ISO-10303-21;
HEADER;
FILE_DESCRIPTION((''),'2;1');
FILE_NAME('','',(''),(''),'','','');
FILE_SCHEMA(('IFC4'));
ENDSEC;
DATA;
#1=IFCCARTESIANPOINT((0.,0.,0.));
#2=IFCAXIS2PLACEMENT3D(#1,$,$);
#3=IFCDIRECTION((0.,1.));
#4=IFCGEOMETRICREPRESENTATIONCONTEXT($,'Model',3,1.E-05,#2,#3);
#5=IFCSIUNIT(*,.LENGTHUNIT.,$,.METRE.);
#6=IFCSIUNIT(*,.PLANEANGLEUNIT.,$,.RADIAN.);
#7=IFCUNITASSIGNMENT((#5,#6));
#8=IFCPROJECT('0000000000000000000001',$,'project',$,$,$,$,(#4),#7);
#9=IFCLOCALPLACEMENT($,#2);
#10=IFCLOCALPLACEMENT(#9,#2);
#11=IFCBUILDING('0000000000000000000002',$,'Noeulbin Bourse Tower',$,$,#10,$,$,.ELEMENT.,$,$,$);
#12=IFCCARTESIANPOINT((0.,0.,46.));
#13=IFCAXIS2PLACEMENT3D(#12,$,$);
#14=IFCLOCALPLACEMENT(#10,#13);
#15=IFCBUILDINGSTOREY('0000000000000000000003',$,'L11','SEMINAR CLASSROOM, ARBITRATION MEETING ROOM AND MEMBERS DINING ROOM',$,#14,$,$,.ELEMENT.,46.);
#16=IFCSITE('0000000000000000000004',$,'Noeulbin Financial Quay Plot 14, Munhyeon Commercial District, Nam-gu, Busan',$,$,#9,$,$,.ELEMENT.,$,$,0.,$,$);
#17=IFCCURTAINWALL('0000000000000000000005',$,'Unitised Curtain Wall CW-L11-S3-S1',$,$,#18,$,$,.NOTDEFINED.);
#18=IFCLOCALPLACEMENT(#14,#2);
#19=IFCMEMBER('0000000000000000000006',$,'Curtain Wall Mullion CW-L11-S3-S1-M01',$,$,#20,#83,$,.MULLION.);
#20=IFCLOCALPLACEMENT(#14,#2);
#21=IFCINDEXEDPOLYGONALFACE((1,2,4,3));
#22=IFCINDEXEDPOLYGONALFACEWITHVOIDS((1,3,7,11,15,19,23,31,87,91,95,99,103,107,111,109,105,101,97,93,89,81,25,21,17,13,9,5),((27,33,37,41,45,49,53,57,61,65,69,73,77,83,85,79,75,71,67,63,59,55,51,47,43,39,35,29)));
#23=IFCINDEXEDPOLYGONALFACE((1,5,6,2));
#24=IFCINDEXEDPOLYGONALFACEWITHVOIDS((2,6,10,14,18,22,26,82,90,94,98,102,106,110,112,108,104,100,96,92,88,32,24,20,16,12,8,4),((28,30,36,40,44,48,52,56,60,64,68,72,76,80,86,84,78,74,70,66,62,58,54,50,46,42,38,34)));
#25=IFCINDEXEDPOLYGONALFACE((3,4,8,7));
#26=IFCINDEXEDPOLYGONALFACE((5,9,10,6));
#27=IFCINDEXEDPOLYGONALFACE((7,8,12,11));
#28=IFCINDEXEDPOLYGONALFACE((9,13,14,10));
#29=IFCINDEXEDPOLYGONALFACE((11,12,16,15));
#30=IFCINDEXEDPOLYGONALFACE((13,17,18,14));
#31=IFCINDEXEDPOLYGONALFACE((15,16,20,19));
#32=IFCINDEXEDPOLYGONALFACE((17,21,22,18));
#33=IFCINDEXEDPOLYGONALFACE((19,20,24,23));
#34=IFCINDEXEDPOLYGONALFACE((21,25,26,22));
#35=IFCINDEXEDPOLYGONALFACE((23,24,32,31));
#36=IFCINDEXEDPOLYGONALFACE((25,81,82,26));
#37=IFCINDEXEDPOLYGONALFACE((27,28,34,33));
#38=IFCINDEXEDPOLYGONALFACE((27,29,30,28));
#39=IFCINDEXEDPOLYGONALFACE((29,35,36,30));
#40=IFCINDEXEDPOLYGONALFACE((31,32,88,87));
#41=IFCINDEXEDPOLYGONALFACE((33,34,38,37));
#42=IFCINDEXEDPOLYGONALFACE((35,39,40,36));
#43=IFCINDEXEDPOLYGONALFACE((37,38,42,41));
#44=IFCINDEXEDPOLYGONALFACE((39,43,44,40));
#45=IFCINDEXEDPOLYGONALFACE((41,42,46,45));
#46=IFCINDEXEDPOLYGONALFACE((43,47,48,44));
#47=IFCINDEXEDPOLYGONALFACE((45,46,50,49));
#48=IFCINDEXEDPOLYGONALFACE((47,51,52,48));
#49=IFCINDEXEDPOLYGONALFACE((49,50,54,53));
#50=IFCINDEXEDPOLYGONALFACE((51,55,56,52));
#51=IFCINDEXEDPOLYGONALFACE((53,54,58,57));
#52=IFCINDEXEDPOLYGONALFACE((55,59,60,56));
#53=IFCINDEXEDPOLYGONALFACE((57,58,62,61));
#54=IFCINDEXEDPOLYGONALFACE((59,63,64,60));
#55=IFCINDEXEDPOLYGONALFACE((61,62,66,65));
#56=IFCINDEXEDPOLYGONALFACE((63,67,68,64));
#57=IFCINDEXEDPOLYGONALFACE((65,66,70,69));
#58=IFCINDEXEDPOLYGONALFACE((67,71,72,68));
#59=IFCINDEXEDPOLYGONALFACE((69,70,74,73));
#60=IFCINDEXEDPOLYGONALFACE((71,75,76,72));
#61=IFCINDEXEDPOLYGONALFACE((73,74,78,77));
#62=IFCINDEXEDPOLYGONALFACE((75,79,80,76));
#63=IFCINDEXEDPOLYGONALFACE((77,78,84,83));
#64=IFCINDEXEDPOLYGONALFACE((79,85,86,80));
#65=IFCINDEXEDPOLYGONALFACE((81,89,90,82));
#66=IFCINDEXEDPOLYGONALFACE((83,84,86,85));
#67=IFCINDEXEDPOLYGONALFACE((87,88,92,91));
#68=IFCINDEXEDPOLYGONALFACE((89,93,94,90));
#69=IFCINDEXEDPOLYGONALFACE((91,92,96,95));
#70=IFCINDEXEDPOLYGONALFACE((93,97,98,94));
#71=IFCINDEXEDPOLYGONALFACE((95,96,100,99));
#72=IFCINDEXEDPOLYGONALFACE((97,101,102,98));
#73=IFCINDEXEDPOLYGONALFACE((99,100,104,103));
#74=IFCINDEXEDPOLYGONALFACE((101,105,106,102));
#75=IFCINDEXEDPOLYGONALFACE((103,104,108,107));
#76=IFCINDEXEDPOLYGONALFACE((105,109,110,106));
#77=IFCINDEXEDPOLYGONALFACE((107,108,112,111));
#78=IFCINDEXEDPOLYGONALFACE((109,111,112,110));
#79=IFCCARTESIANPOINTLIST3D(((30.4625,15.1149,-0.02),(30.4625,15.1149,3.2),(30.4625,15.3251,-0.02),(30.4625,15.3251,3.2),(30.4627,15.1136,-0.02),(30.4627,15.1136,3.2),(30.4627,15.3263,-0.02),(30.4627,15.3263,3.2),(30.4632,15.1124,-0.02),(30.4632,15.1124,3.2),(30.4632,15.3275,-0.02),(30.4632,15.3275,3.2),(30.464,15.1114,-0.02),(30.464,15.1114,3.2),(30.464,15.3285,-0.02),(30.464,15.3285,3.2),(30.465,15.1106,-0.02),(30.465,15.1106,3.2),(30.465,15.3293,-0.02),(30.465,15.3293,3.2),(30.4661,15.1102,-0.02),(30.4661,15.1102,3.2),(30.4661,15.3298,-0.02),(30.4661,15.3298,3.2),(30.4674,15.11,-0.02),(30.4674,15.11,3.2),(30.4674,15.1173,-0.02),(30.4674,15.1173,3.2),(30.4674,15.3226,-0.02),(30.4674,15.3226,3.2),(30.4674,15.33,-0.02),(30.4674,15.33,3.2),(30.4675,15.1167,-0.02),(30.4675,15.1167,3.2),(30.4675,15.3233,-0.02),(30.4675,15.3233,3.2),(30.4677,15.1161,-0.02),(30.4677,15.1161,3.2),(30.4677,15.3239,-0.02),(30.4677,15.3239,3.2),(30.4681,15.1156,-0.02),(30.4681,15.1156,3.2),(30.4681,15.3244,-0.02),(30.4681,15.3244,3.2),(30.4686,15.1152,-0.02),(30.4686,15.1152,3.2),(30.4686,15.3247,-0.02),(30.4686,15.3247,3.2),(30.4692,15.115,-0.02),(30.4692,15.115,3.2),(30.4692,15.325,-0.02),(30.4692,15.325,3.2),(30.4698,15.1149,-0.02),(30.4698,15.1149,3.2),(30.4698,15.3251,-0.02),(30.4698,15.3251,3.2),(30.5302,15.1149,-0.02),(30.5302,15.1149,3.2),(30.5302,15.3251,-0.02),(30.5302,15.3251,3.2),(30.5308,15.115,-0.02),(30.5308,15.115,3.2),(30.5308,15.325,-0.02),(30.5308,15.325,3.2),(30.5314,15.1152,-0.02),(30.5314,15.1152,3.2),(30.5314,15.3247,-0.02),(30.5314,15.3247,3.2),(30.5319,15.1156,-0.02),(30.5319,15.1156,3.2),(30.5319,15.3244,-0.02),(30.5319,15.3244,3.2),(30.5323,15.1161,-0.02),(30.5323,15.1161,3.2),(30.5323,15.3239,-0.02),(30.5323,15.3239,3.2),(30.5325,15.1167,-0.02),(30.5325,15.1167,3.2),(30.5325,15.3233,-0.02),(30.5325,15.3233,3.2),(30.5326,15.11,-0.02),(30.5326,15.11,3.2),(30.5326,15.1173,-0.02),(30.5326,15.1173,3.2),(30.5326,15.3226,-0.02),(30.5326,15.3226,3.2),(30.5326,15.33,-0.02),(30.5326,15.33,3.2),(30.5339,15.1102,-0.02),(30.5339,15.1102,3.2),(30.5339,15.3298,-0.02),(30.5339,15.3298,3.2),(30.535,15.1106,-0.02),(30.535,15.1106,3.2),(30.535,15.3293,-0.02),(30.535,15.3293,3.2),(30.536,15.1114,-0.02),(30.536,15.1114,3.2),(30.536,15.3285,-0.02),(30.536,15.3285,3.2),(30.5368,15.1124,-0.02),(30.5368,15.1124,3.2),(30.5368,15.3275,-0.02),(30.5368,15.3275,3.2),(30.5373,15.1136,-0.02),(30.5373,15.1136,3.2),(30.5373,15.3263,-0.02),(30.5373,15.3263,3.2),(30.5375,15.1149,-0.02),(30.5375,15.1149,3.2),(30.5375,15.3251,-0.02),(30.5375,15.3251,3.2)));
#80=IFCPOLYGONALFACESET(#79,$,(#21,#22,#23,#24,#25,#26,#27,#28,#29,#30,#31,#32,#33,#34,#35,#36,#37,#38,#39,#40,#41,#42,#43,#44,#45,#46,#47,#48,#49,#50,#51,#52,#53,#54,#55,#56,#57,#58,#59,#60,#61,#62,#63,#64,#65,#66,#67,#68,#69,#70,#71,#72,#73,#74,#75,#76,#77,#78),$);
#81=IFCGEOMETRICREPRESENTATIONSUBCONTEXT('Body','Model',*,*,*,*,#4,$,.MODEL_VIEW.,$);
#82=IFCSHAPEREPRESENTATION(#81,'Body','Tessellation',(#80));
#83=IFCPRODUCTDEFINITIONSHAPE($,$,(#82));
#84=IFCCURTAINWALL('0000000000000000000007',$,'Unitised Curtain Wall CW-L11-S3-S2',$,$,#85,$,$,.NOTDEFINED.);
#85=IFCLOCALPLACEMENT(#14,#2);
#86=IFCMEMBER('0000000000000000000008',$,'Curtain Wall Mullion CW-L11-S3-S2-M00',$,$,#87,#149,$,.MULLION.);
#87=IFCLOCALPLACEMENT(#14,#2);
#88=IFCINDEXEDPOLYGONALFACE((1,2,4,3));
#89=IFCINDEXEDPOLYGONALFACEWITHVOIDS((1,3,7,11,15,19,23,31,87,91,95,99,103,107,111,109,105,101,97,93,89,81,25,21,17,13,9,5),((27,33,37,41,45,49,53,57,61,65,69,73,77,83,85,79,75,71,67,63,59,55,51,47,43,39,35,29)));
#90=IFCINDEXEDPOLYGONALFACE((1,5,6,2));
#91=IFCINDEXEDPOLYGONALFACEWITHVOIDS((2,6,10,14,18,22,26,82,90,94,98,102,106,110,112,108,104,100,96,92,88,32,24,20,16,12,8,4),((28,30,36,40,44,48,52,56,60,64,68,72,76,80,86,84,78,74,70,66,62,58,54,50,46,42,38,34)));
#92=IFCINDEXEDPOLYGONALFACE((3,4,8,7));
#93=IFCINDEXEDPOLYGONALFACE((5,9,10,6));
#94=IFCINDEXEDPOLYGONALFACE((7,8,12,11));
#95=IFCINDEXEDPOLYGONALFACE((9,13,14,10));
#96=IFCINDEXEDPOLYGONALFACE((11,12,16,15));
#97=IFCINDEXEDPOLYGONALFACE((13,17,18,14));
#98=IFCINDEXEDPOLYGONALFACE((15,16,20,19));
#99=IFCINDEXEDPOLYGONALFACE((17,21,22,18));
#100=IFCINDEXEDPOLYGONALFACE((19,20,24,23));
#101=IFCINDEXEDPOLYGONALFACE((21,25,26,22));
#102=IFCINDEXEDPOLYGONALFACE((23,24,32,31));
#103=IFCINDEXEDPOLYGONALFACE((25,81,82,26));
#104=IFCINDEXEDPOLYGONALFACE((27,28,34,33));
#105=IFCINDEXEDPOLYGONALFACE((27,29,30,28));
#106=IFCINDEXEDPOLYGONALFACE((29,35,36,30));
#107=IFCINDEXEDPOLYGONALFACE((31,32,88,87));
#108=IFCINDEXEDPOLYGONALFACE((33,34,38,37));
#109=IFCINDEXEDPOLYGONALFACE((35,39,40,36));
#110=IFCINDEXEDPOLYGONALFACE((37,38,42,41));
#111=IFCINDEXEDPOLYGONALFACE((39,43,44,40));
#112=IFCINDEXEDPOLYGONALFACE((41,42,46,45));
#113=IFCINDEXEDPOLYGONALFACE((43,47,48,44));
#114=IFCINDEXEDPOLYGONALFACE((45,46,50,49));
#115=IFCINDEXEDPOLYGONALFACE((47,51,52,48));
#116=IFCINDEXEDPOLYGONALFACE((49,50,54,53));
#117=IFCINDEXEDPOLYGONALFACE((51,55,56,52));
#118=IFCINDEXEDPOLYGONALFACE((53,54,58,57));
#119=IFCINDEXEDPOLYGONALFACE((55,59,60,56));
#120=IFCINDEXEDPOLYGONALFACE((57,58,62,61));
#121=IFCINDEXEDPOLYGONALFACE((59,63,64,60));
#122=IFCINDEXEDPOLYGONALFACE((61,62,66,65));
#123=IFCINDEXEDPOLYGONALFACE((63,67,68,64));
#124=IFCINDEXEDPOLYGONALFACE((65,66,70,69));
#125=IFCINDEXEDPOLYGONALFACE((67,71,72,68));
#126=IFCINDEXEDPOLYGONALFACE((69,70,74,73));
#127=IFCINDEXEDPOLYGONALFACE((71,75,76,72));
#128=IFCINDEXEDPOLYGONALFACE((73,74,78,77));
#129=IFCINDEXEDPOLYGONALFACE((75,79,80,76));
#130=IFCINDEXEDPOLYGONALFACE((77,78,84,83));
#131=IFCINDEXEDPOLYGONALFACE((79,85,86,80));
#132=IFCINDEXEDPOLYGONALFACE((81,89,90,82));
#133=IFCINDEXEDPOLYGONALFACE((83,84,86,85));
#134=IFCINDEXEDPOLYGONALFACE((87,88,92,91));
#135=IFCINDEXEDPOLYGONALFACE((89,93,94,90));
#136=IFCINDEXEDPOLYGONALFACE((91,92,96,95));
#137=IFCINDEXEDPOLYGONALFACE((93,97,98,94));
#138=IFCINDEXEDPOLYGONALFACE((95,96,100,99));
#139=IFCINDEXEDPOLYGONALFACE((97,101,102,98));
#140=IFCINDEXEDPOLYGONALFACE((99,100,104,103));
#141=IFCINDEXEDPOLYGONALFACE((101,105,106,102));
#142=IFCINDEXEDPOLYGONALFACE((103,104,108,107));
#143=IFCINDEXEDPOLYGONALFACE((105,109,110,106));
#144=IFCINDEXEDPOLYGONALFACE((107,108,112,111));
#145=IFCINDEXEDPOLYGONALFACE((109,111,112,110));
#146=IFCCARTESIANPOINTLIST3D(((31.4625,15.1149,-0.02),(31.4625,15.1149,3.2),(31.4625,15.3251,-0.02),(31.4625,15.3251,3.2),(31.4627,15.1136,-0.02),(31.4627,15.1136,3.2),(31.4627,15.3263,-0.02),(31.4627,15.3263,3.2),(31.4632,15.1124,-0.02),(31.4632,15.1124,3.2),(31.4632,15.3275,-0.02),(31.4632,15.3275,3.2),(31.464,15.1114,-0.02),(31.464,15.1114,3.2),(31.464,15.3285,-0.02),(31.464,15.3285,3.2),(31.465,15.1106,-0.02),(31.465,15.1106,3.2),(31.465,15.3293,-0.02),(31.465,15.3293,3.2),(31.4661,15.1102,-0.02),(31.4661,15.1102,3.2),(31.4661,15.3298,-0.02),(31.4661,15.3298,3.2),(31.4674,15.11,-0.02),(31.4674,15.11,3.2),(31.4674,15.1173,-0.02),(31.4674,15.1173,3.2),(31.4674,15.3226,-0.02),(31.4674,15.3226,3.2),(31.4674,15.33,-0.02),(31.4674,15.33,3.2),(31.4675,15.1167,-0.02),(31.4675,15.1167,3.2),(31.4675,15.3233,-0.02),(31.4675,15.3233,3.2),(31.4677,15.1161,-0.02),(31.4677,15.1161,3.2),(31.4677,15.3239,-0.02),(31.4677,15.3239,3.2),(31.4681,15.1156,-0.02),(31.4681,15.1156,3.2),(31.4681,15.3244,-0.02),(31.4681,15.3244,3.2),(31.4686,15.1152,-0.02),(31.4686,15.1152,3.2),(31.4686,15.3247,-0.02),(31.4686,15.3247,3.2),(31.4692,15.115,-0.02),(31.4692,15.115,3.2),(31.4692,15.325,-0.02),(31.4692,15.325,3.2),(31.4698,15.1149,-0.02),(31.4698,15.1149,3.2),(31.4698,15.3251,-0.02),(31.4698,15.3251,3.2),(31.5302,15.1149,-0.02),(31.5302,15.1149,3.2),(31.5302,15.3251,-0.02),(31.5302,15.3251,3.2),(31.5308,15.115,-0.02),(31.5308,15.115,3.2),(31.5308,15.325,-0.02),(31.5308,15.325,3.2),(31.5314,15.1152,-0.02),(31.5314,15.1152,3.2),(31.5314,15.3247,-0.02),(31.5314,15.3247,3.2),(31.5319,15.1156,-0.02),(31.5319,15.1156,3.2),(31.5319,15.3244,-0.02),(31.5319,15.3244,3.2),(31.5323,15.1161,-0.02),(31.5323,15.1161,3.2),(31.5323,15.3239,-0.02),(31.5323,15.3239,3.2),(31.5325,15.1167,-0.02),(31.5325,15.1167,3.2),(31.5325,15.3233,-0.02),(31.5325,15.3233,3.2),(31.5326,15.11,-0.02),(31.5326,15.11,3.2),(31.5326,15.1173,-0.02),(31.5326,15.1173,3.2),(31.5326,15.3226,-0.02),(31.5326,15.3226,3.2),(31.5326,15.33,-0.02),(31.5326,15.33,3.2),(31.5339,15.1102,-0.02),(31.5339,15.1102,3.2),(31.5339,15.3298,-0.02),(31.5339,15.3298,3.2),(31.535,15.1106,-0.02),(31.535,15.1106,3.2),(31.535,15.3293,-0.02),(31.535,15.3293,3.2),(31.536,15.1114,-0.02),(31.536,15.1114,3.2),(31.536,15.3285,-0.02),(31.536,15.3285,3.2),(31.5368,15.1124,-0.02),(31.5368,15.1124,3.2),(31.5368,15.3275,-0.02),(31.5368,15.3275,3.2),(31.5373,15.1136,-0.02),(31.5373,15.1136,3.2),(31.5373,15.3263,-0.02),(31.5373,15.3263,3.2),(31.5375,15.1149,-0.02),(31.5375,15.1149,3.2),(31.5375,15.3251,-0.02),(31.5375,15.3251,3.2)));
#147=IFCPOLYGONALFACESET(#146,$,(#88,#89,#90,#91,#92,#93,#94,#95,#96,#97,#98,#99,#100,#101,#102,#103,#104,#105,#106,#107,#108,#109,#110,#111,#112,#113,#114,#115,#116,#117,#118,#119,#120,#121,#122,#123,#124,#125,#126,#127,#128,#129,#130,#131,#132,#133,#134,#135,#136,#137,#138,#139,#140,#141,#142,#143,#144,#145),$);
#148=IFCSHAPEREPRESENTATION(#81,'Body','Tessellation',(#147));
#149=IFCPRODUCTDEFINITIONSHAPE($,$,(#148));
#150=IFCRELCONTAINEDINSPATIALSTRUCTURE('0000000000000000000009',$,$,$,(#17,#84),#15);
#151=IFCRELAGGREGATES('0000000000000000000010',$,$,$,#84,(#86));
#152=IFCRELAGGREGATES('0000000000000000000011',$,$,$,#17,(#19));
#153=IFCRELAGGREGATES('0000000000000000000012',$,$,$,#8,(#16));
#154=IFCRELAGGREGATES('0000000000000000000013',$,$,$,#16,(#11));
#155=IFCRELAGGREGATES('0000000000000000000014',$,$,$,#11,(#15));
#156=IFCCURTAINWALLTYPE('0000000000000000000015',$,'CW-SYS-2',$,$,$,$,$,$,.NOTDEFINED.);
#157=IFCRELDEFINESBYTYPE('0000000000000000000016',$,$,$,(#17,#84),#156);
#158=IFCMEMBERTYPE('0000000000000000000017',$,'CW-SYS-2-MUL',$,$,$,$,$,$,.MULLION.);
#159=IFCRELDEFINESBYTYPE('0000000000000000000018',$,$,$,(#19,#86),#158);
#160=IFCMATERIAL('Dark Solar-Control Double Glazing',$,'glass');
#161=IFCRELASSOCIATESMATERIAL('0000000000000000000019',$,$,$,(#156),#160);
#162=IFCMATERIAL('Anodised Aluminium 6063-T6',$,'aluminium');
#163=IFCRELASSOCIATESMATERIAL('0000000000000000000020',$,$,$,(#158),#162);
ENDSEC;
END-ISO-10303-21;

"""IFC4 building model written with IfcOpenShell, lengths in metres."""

from ifc_helpers import new_model, si_unit, direction, frame, origin, origin_2d, place, context, subcontext, project, spatial, hollow_rectangle, extrude, material, material_profile, profile_set, type_object, element, aggregate, save


model = new_model("IFC4")

# Units and contexts
model_context = context("Model", 3, precision=1e-05, world=origin(), true_north=direction((0.0, 1.0)))
body_context = subcontext(model_context, "Body", "Model", "MODEL_VIEW")
ifc_project = project(units=[si_unit("LENGTHUNIT", "METRE"), si_unit("PLANEANGLEUNIT", "RADIAN")], contexts=[model_context])

# Site, building, storey
site_placement = place(None, origin())
site = spatial("IfcSite", under=ifc_project, at=site_placement, Name="Noeulbin Financial Quay Plot 14, Munhyeon Commercial District, Nam-gu, Busan", CompositionType="ELEMENT", RefElevation=0.0)
building_placement = place(site_placement, origin())
building = spatial("IfcBuilding", under=site, at=building_placement, Name="Noeulbin Bourse Tower", CompositionType="ELEMENT")
storey_placement = place(building_placement, frame((0.0, 0.0, 46.0)))
storey = spatial("IfcBuildingStorey", under=building, at=storey_placement, Name="L11", Description="SEMINAR CLASSROOM, ARBITRATION MEETING ROOM AND MEMBERS DINING ROOM", CompositionType="ELEMENT", Elevation=46.0)

# Shared definitions
ifc_material_1 = material(Name="Dark Solar-Control Double Glazing", Category="glass")
curtain_wall_type = type_object("IfcCurtainWallType", Name="CW-SYS-2", PredefinedType="NOTDEFINED", material=ifc_material_1)
ifc_material_2 = material(Name="Anodised Aluminium 6063-T6", Category="aluminium")
ifc_material_profile_1 = material_profile(ifc_material_2, hollow_rectangle(XDim=0.075, YDim=0.22, WallThickness=0.0049, InnerFilletRadius=0.0024, OuterFilletRadius=0.0049, at=origin_2d()), Name="ALU-MULL-75x220x5", Category="LoadBearing")
ifc_profile_set_1 = profile_set([ifc_material_profile_1], Name="Anodised Aluminium 6063-T6")
member_type_1 = type_object("IfcMemberType", Name="CW-SYS-2-MUL", PredefinedType="MULLION", material=ifc_profile_set_1)

# Curtain wall, member
curtain_wall_1_placement = place(storey_placement, origin())
curtain_wall_1 = element("IfcCurtainWall", 1, at=curtain_wall_1_placement, inside=storey, type_object=curtain_wall_type, Name="Unitised Curtain Wall CW-L11-S3-S1", PredefinedType="NOTDEFINED")
member_1_placement = place(storey_placement, frame((30.5, 15.22, -0.02), z_axis=(0.0, 0.0, 1.0), x_axis=(1.0, 0.0, 0.0)))
member_1 = element("IfcMember", 2, at=member_1_placement, type_object=member_type_1, Name="Curtain Wall Mullion CW-L11-S3-S1-M01", PredefinedType="MULLION", context=body_context, shape_type="SweptSolid", body=[
    extrude(hollow_rectangle(XDim=0.075, YDim=0.22, WallThickness=0.0049, InnerFilletRadius=0.0024, OuterFilletRadius=0.0049, at=origin_2d()), origin(), (0.0, 0.0, 1.0), 3.22),
])

# Curtain wall, member
curtain_wall_2_placement = place(storey_placement, origin())
curtain_wall_2 = element("IfcCurtainWall", 3, at=curtain_wall_2_placement, inside=storey, type_object=curtain_wall_type, Name="Unitised Curtain Wall CW-L11-S3-S2", PredefinedType="NOTDEFINED")
member_2_placement = place(storey_placement, frame((31.5, 15.22, -0.02), z_axis=(0.0, 0.0, 1.0), x_axis=(1.0, 0.0, 0.0)))
member_2 = element("IfcMember", 4, at=member_2_placement, type_object=member_type_1, Name="Curtain Wall Mullion CW-L11-S3-S2-M00", PredefinedType="MULLION", context=body_context, shape_type="SweptSolid", body=[
    extrude(hollow_rectangle(XDim=0.075, YDim=0.22, WallThickness=0.0049, InnerFilletRadius=0.0024, OuterFilletRadius=0.0049, at=origin_2d()), origin(), (0.0, 0.0, 1.0), 3.22),
])
aggregate(curtain_wall_2, [member_2])

aggregate(curtain_wall_1, [member_1])

save(model, "model.ifc")
